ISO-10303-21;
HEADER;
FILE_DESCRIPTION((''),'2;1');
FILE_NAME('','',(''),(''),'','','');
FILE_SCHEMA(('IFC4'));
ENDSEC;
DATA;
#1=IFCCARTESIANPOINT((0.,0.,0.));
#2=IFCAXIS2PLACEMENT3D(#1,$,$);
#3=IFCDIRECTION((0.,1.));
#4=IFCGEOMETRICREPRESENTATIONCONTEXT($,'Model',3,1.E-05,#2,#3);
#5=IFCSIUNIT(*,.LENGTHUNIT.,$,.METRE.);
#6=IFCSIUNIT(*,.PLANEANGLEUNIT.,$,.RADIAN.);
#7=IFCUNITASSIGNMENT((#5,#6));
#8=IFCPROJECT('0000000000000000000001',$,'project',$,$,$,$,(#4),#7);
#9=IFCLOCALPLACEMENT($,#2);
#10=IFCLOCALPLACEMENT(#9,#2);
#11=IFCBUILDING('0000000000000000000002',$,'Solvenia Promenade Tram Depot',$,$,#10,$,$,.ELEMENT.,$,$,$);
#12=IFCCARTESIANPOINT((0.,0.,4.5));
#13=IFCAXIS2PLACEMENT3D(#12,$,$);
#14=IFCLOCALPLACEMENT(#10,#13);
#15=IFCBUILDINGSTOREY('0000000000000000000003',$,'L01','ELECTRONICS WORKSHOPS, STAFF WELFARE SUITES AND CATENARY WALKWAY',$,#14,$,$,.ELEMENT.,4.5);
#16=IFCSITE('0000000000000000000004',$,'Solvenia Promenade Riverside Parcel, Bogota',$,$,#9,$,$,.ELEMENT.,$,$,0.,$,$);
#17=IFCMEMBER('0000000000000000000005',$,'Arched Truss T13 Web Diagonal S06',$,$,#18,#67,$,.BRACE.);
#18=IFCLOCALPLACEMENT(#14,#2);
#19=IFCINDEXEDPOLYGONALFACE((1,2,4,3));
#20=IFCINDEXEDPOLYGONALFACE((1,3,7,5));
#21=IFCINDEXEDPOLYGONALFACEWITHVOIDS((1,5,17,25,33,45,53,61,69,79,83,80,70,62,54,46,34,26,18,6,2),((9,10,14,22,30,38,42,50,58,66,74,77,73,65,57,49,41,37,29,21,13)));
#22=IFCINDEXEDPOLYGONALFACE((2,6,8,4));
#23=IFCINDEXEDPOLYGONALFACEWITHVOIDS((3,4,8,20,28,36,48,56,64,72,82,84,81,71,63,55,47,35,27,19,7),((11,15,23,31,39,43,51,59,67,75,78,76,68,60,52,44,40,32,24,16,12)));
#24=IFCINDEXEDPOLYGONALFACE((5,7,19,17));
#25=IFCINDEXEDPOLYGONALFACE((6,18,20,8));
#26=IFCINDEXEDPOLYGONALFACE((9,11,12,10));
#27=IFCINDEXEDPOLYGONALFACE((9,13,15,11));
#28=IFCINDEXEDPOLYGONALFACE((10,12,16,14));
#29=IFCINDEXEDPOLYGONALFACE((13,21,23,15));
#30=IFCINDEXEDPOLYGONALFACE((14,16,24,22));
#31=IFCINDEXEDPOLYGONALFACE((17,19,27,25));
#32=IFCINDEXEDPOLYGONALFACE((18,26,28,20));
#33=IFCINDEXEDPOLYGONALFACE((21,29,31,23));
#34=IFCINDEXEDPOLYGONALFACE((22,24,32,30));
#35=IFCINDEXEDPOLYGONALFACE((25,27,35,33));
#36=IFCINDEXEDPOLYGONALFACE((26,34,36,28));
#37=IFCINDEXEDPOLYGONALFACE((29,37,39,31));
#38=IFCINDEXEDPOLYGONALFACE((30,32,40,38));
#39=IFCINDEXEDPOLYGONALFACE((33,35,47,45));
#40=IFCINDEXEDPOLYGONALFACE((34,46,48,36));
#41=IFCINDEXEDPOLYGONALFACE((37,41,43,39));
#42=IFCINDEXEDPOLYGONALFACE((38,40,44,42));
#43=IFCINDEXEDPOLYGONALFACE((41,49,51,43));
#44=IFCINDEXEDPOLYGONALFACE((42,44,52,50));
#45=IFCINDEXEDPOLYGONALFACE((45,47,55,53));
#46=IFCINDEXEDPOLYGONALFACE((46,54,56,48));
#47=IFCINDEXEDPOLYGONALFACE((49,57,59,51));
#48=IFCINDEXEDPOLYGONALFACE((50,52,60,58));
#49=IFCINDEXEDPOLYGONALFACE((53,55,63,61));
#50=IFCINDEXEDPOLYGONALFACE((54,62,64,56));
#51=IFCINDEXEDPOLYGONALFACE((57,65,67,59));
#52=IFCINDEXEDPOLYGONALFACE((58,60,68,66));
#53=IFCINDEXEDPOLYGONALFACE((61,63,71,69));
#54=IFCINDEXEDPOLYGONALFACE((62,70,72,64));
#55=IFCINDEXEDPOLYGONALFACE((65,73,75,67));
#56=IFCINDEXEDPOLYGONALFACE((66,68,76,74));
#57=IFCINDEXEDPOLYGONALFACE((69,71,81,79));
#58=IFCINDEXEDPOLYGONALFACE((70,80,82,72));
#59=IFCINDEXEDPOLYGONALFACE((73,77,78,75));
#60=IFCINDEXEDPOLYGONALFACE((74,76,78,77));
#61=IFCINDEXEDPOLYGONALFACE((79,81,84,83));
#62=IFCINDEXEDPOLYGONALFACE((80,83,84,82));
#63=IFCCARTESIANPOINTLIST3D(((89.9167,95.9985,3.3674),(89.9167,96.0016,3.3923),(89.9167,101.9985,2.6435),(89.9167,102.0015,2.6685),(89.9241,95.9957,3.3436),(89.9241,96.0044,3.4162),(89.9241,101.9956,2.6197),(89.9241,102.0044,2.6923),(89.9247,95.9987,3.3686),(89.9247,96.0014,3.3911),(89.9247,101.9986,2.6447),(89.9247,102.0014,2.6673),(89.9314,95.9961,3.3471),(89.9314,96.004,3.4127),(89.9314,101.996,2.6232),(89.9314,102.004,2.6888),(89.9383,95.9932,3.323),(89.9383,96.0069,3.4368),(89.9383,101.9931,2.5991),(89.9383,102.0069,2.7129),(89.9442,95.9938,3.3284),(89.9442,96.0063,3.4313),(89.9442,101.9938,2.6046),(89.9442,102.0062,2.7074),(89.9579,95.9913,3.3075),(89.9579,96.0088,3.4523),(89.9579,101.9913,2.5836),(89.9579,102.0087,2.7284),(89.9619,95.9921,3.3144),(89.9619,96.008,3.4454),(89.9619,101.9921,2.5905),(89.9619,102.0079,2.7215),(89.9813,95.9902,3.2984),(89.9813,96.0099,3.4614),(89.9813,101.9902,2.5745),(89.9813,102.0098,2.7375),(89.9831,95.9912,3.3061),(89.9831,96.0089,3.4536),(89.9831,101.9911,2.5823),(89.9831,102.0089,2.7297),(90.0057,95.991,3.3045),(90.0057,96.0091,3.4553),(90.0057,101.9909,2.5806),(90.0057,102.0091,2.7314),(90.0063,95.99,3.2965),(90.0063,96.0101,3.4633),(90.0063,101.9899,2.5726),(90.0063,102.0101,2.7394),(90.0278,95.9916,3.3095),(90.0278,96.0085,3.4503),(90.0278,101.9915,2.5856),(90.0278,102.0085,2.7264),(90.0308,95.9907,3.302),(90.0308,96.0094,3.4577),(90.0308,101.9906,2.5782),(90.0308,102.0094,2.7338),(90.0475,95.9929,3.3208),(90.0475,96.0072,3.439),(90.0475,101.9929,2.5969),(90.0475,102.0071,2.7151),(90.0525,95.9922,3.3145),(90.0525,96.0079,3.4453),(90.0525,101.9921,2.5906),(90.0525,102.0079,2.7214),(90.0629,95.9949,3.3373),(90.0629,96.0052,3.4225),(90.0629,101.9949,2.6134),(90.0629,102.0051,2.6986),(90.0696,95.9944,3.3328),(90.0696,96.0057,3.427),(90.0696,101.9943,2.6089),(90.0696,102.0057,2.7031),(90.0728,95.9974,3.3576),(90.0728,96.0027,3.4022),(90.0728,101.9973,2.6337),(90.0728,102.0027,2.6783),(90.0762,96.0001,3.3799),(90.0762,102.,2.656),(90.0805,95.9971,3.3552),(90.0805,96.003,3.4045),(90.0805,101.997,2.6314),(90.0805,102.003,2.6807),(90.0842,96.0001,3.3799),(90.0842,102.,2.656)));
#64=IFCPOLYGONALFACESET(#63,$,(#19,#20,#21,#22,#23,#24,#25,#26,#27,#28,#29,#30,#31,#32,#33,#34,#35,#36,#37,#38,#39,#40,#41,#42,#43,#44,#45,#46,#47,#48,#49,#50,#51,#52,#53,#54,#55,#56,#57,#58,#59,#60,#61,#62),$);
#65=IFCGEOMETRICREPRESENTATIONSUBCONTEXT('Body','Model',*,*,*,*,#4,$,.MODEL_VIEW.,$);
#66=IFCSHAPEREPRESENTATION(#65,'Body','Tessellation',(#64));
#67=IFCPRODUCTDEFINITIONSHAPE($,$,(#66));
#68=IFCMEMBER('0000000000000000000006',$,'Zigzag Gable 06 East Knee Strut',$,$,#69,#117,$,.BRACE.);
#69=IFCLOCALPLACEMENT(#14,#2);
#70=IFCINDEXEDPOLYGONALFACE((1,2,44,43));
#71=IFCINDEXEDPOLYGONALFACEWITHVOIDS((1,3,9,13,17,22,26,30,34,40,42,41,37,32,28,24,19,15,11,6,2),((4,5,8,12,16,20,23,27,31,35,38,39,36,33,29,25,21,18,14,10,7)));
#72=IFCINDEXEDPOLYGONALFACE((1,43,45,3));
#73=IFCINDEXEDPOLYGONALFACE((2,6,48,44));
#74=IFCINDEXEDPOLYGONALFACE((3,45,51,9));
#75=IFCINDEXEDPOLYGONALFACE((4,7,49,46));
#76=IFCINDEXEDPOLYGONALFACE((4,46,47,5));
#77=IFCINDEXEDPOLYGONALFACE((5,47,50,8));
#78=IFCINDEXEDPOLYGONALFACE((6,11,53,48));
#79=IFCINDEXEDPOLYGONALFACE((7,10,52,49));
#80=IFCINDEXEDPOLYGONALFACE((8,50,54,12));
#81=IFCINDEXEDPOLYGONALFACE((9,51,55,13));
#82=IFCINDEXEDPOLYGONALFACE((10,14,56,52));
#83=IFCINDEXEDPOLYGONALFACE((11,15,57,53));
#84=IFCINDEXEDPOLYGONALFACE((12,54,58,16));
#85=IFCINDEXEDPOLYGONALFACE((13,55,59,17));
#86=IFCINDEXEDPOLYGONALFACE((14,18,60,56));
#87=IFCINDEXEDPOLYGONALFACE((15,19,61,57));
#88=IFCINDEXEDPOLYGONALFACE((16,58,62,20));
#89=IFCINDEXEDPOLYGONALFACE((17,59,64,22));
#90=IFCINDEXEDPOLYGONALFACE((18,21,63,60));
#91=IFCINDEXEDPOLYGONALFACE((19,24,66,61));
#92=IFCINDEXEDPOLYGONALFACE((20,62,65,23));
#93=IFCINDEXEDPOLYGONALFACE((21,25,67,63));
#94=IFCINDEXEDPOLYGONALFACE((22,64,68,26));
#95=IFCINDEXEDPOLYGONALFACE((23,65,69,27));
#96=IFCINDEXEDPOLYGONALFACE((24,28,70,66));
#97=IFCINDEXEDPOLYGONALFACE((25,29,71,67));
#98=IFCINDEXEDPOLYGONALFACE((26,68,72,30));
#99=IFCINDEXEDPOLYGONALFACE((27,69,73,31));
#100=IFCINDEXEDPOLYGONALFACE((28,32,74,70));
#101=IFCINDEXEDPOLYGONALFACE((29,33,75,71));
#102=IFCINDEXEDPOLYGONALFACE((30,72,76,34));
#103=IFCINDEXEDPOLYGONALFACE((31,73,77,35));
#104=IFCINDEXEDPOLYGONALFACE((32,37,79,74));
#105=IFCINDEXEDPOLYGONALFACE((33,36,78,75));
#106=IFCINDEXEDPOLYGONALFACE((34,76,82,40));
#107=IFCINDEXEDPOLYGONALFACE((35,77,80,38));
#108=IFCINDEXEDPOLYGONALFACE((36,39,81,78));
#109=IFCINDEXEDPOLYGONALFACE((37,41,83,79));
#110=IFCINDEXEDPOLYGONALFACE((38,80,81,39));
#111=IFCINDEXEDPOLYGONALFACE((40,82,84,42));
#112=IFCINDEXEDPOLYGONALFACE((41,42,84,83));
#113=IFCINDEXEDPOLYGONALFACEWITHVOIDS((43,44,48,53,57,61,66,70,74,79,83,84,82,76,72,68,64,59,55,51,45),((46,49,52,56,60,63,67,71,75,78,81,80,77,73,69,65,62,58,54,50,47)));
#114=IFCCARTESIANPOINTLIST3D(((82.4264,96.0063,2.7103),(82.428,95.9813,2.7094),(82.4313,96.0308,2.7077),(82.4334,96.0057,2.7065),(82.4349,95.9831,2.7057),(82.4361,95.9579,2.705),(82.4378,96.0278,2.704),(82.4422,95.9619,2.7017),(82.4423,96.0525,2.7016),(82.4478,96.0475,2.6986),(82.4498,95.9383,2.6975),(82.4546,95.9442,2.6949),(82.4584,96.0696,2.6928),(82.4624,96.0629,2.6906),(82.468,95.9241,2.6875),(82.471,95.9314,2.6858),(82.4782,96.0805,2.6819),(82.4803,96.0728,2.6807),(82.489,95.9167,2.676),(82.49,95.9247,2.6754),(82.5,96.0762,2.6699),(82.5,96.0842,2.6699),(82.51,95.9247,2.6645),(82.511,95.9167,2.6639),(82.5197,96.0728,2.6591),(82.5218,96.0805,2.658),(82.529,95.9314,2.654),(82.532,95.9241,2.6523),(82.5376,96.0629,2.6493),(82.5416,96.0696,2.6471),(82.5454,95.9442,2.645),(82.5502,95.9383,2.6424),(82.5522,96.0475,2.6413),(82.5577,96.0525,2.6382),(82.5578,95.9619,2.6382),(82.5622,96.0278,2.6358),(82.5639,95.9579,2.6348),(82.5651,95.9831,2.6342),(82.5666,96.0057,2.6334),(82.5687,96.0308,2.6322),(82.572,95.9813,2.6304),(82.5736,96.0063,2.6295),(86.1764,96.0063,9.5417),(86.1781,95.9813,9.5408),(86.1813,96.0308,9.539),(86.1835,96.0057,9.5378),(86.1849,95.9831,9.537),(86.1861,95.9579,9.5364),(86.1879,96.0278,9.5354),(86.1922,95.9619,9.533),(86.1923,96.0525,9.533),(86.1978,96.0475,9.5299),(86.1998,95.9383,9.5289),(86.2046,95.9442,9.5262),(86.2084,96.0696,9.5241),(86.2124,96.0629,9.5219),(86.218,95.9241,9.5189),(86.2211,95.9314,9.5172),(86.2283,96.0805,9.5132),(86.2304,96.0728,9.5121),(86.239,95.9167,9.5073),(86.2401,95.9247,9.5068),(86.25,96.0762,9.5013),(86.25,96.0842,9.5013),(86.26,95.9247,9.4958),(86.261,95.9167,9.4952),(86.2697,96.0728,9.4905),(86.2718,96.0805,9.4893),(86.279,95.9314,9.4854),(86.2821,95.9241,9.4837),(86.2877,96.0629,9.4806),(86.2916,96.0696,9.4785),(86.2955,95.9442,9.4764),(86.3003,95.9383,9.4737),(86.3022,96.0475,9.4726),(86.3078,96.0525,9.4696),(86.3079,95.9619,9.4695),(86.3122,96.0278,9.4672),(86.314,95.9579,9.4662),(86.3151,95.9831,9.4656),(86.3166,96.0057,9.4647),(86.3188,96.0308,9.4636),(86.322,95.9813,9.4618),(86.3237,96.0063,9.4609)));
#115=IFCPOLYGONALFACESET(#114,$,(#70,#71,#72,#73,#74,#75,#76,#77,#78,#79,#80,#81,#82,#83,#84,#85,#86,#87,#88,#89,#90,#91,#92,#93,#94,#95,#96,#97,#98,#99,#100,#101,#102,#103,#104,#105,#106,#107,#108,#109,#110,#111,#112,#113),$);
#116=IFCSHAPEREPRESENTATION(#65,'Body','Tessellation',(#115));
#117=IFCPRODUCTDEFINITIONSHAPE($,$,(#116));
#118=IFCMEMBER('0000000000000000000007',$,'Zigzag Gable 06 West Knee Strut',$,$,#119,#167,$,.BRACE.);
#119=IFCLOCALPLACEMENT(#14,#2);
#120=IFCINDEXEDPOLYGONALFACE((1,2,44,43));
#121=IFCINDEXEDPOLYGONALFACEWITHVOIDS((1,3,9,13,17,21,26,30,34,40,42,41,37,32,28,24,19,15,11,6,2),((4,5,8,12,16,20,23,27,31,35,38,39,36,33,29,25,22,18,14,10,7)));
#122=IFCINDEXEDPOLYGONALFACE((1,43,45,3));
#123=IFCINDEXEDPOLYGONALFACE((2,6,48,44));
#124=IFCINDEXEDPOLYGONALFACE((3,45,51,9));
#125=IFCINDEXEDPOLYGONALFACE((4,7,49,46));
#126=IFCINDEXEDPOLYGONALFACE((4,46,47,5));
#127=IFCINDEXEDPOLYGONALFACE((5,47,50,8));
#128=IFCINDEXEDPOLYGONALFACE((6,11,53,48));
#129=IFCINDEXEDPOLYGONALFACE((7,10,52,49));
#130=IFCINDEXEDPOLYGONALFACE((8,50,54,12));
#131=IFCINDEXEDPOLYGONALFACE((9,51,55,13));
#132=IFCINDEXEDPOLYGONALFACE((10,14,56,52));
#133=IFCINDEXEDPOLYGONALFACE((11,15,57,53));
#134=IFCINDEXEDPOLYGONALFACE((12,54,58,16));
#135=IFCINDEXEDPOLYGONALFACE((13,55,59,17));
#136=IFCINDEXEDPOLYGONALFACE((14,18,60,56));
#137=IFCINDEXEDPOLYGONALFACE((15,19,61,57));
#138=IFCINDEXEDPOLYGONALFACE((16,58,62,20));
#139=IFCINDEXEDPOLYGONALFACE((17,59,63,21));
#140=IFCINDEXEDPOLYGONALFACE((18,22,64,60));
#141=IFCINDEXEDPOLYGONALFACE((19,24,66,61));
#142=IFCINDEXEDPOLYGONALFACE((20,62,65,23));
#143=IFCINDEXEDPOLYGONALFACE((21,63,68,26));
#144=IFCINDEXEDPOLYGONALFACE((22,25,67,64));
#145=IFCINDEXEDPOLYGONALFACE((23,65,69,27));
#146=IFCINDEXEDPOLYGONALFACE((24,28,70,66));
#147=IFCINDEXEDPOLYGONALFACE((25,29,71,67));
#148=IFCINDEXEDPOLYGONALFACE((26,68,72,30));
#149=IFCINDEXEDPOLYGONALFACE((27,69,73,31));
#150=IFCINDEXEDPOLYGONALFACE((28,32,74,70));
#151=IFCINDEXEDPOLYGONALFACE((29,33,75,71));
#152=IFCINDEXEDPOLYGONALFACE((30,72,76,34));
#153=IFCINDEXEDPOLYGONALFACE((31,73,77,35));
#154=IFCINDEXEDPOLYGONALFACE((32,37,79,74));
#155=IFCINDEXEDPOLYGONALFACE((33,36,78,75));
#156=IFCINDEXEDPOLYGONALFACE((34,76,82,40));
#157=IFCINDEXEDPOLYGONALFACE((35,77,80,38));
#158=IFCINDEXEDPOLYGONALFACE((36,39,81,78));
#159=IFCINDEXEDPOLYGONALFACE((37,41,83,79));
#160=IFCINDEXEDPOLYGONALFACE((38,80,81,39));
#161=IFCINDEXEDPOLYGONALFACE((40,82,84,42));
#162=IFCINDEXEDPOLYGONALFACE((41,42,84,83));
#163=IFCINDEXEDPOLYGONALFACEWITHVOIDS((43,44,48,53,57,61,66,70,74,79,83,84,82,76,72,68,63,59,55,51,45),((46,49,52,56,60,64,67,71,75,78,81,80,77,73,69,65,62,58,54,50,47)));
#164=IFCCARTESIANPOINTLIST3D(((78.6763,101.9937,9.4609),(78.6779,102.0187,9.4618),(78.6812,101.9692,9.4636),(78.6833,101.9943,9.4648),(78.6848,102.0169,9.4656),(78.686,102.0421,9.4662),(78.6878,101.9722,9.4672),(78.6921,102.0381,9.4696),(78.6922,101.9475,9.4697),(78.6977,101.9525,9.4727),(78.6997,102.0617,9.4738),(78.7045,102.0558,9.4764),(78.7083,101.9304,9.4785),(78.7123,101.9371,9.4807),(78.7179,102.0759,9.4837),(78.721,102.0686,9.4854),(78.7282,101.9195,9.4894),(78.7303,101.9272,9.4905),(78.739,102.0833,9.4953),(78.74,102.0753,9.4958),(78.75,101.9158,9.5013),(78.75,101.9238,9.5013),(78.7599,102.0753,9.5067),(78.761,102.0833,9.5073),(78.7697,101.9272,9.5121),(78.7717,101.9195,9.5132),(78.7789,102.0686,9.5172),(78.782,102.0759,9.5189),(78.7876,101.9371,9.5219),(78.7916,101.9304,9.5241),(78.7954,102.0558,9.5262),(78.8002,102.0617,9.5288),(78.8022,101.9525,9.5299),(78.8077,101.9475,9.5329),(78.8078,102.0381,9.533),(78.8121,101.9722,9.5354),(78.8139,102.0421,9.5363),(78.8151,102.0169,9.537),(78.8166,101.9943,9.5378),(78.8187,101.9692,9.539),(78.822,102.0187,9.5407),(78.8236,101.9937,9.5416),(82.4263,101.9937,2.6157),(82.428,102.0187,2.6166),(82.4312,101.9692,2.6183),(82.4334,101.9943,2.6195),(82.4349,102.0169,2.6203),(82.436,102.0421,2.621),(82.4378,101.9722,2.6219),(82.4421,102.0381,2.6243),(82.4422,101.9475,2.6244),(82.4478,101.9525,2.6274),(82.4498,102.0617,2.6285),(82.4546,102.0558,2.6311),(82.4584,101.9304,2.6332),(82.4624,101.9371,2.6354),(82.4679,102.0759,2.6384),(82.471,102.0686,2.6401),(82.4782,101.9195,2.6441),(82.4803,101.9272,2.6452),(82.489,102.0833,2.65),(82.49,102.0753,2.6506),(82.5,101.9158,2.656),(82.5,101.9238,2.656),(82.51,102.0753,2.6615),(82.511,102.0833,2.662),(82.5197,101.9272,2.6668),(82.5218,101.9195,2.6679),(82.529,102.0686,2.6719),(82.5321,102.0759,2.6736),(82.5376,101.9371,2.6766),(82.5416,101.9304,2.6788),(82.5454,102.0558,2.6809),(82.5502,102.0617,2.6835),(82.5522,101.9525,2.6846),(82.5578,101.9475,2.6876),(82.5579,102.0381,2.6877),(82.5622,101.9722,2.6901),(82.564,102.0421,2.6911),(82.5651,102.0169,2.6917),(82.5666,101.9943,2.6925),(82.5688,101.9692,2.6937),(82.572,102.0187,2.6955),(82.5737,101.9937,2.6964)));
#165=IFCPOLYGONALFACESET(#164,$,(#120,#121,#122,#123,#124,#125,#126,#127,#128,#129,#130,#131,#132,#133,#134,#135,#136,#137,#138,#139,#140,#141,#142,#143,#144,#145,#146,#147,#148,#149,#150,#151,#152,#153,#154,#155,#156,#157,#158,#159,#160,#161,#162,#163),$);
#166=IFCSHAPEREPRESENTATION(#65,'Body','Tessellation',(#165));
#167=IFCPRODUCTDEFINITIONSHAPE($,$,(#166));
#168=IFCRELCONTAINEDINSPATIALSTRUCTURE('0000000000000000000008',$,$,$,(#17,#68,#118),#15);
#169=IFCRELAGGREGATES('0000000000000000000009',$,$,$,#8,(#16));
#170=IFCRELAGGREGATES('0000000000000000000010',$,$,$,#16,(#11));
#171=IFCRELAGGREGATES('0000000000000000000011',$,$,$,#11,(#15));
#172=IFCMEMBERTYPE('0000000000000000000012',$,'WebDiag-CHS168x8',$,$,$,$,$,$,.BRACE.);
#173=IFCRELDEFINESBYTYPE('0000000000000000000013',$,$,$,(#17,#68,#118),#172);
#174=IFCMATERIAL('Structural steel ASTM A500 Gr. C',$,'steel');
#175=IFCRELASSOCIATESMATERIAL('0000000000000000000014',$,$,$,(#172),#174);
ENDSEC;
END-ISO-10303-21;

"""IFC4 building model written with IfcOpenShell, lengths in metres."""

from ifc_helpers import new_model, si_unit, direction, frame, origin, origin_2d, place, context, subcontext, project, spatial, hollow_circle, extrude, material, material_profile, profile_set, type_object, element, save


model = new_model("IFC4")

# Units and contexts
model_context = context("Model", 3, precision=1e-05, world=origin(), true_north=direction((0.0, 1.0)))
body_context = subcontext(model_context, "Body", "Model", "MODEL_VIEW")
ifc_project = project(units=[si_unit("LENGTHUNIT", "METRE"), si_unit("PLANEANGLEUNIT", "RADIAN")], contexts=[model_context])

# Site, building, storey
site_placement = place(None, origin())
site = spatial("IfcSite", under=ifc_project, at=site_placement, Name="Solvenia Promenade Riverside Parcel, Bogota", CompositionType="ELEMENT", RefElevation=0.0)
building_placement = place(site_placement, origin())
building = spatial("IfcBuilding", under=site, at=building_placement, Name="Solvenia Promenade Tram Depot", CompositionType="ELEMENT")
storey_placement = place(building_placement, frame((0.0, 0.0, 4.5)))
storey = spatial("IfcBuildingStorey", under=building, at=storey_placement, Name="L01", Description="ELECTRONICS WORKSHOPS, STAFF WELFARE SUITES AND CATENARY WALKWAY", CompositionType="ELEMENT", Elevation=4.5)

# Shared definitions
ifc_material_1 = material(Name="Structural steel ASTM A500 Gr. C", Category="steel")

# Members
ifc_material_profile_1 = material_profile(ifc_material_1, hollow_circle(Radius=0.0842, WallThickness=0.0081, at=origin_2d()), Name="CHS168.3x8", Category="steel")
ifc_profile_set_1 = profile_set([ifc_material_profile_1], Name="Structural steel ASTM A500 Gr. C")
member_type_1 = type_object("IfcMemberType", Name="WebDiag-CHS168x8", PredefinedType="BRACE", material=ifc_profile_set_1)
member_1_placement = place(storey_placement, frame((90.0, 102.0, 2.656), z_axis=(0.0, -0.992801, 0.119778), x_axis=(1.0, 0.0, 0.0)))
element("IfcMember", 1, at=member_1_placement, inside=storey, type_object=member_type_1, Name="Arched Truss T13 Web Diagonal S06", PredefinedType="BRACE", context=body_context, shape_type="SweptSolid", body=[
    extrude(hollow_circle(Radius=0.0842, WallThickness=0.0081, at=origin_2d()), origin(), (0.0, 0.0, 1.0), 6.0435),
])
member_2_placement = place(storey_placement, frame((82.5, 96.0, 2.6699), z_axis=(0.481208, 0.0, 0.876607), x_axis=(0.0, 1.0, 0.0)))
element("IfcMember", 2, at=member_2_placement, inside=storey, type_object=member_type_1, Name="Zigzag Gable 06 East Knee Strut", PredefinedType="BRACE", context=body_context, shape_type="SweptSolid", body=[
    extrude(hollow_circle(Radius=0.0842, WallThickness=0.0081, at=origin_2d()), origin(), (0.0, 0.0, 1.0), 7.793),
])
for number, where, z_axis, x_axis, name in (
    (3, (82.5, 102.0, 2.656), (-0.480456, 0.0, 0.877019), (0.0, -1.0, 0.0), "Zigzag Gable 06 West Knee Strut"),
):
    element("IfcMember", number, at=place(storey_placement, frame(where, z_axis=z_axis, x_axis=x_axis)), inside=storey, type_object=member_type_1, Name=name, PredefinedType="BRACE", context=body_context, shape_type="SweptSolid", body=[
        extrude(hollow_circle(Radius=0.0842, WallThickness=0.0081, at=origin_2d()), origin(), (0.0, 0.0, 1.0), 7.8052),
    ])

save(model, "model.ifc")
